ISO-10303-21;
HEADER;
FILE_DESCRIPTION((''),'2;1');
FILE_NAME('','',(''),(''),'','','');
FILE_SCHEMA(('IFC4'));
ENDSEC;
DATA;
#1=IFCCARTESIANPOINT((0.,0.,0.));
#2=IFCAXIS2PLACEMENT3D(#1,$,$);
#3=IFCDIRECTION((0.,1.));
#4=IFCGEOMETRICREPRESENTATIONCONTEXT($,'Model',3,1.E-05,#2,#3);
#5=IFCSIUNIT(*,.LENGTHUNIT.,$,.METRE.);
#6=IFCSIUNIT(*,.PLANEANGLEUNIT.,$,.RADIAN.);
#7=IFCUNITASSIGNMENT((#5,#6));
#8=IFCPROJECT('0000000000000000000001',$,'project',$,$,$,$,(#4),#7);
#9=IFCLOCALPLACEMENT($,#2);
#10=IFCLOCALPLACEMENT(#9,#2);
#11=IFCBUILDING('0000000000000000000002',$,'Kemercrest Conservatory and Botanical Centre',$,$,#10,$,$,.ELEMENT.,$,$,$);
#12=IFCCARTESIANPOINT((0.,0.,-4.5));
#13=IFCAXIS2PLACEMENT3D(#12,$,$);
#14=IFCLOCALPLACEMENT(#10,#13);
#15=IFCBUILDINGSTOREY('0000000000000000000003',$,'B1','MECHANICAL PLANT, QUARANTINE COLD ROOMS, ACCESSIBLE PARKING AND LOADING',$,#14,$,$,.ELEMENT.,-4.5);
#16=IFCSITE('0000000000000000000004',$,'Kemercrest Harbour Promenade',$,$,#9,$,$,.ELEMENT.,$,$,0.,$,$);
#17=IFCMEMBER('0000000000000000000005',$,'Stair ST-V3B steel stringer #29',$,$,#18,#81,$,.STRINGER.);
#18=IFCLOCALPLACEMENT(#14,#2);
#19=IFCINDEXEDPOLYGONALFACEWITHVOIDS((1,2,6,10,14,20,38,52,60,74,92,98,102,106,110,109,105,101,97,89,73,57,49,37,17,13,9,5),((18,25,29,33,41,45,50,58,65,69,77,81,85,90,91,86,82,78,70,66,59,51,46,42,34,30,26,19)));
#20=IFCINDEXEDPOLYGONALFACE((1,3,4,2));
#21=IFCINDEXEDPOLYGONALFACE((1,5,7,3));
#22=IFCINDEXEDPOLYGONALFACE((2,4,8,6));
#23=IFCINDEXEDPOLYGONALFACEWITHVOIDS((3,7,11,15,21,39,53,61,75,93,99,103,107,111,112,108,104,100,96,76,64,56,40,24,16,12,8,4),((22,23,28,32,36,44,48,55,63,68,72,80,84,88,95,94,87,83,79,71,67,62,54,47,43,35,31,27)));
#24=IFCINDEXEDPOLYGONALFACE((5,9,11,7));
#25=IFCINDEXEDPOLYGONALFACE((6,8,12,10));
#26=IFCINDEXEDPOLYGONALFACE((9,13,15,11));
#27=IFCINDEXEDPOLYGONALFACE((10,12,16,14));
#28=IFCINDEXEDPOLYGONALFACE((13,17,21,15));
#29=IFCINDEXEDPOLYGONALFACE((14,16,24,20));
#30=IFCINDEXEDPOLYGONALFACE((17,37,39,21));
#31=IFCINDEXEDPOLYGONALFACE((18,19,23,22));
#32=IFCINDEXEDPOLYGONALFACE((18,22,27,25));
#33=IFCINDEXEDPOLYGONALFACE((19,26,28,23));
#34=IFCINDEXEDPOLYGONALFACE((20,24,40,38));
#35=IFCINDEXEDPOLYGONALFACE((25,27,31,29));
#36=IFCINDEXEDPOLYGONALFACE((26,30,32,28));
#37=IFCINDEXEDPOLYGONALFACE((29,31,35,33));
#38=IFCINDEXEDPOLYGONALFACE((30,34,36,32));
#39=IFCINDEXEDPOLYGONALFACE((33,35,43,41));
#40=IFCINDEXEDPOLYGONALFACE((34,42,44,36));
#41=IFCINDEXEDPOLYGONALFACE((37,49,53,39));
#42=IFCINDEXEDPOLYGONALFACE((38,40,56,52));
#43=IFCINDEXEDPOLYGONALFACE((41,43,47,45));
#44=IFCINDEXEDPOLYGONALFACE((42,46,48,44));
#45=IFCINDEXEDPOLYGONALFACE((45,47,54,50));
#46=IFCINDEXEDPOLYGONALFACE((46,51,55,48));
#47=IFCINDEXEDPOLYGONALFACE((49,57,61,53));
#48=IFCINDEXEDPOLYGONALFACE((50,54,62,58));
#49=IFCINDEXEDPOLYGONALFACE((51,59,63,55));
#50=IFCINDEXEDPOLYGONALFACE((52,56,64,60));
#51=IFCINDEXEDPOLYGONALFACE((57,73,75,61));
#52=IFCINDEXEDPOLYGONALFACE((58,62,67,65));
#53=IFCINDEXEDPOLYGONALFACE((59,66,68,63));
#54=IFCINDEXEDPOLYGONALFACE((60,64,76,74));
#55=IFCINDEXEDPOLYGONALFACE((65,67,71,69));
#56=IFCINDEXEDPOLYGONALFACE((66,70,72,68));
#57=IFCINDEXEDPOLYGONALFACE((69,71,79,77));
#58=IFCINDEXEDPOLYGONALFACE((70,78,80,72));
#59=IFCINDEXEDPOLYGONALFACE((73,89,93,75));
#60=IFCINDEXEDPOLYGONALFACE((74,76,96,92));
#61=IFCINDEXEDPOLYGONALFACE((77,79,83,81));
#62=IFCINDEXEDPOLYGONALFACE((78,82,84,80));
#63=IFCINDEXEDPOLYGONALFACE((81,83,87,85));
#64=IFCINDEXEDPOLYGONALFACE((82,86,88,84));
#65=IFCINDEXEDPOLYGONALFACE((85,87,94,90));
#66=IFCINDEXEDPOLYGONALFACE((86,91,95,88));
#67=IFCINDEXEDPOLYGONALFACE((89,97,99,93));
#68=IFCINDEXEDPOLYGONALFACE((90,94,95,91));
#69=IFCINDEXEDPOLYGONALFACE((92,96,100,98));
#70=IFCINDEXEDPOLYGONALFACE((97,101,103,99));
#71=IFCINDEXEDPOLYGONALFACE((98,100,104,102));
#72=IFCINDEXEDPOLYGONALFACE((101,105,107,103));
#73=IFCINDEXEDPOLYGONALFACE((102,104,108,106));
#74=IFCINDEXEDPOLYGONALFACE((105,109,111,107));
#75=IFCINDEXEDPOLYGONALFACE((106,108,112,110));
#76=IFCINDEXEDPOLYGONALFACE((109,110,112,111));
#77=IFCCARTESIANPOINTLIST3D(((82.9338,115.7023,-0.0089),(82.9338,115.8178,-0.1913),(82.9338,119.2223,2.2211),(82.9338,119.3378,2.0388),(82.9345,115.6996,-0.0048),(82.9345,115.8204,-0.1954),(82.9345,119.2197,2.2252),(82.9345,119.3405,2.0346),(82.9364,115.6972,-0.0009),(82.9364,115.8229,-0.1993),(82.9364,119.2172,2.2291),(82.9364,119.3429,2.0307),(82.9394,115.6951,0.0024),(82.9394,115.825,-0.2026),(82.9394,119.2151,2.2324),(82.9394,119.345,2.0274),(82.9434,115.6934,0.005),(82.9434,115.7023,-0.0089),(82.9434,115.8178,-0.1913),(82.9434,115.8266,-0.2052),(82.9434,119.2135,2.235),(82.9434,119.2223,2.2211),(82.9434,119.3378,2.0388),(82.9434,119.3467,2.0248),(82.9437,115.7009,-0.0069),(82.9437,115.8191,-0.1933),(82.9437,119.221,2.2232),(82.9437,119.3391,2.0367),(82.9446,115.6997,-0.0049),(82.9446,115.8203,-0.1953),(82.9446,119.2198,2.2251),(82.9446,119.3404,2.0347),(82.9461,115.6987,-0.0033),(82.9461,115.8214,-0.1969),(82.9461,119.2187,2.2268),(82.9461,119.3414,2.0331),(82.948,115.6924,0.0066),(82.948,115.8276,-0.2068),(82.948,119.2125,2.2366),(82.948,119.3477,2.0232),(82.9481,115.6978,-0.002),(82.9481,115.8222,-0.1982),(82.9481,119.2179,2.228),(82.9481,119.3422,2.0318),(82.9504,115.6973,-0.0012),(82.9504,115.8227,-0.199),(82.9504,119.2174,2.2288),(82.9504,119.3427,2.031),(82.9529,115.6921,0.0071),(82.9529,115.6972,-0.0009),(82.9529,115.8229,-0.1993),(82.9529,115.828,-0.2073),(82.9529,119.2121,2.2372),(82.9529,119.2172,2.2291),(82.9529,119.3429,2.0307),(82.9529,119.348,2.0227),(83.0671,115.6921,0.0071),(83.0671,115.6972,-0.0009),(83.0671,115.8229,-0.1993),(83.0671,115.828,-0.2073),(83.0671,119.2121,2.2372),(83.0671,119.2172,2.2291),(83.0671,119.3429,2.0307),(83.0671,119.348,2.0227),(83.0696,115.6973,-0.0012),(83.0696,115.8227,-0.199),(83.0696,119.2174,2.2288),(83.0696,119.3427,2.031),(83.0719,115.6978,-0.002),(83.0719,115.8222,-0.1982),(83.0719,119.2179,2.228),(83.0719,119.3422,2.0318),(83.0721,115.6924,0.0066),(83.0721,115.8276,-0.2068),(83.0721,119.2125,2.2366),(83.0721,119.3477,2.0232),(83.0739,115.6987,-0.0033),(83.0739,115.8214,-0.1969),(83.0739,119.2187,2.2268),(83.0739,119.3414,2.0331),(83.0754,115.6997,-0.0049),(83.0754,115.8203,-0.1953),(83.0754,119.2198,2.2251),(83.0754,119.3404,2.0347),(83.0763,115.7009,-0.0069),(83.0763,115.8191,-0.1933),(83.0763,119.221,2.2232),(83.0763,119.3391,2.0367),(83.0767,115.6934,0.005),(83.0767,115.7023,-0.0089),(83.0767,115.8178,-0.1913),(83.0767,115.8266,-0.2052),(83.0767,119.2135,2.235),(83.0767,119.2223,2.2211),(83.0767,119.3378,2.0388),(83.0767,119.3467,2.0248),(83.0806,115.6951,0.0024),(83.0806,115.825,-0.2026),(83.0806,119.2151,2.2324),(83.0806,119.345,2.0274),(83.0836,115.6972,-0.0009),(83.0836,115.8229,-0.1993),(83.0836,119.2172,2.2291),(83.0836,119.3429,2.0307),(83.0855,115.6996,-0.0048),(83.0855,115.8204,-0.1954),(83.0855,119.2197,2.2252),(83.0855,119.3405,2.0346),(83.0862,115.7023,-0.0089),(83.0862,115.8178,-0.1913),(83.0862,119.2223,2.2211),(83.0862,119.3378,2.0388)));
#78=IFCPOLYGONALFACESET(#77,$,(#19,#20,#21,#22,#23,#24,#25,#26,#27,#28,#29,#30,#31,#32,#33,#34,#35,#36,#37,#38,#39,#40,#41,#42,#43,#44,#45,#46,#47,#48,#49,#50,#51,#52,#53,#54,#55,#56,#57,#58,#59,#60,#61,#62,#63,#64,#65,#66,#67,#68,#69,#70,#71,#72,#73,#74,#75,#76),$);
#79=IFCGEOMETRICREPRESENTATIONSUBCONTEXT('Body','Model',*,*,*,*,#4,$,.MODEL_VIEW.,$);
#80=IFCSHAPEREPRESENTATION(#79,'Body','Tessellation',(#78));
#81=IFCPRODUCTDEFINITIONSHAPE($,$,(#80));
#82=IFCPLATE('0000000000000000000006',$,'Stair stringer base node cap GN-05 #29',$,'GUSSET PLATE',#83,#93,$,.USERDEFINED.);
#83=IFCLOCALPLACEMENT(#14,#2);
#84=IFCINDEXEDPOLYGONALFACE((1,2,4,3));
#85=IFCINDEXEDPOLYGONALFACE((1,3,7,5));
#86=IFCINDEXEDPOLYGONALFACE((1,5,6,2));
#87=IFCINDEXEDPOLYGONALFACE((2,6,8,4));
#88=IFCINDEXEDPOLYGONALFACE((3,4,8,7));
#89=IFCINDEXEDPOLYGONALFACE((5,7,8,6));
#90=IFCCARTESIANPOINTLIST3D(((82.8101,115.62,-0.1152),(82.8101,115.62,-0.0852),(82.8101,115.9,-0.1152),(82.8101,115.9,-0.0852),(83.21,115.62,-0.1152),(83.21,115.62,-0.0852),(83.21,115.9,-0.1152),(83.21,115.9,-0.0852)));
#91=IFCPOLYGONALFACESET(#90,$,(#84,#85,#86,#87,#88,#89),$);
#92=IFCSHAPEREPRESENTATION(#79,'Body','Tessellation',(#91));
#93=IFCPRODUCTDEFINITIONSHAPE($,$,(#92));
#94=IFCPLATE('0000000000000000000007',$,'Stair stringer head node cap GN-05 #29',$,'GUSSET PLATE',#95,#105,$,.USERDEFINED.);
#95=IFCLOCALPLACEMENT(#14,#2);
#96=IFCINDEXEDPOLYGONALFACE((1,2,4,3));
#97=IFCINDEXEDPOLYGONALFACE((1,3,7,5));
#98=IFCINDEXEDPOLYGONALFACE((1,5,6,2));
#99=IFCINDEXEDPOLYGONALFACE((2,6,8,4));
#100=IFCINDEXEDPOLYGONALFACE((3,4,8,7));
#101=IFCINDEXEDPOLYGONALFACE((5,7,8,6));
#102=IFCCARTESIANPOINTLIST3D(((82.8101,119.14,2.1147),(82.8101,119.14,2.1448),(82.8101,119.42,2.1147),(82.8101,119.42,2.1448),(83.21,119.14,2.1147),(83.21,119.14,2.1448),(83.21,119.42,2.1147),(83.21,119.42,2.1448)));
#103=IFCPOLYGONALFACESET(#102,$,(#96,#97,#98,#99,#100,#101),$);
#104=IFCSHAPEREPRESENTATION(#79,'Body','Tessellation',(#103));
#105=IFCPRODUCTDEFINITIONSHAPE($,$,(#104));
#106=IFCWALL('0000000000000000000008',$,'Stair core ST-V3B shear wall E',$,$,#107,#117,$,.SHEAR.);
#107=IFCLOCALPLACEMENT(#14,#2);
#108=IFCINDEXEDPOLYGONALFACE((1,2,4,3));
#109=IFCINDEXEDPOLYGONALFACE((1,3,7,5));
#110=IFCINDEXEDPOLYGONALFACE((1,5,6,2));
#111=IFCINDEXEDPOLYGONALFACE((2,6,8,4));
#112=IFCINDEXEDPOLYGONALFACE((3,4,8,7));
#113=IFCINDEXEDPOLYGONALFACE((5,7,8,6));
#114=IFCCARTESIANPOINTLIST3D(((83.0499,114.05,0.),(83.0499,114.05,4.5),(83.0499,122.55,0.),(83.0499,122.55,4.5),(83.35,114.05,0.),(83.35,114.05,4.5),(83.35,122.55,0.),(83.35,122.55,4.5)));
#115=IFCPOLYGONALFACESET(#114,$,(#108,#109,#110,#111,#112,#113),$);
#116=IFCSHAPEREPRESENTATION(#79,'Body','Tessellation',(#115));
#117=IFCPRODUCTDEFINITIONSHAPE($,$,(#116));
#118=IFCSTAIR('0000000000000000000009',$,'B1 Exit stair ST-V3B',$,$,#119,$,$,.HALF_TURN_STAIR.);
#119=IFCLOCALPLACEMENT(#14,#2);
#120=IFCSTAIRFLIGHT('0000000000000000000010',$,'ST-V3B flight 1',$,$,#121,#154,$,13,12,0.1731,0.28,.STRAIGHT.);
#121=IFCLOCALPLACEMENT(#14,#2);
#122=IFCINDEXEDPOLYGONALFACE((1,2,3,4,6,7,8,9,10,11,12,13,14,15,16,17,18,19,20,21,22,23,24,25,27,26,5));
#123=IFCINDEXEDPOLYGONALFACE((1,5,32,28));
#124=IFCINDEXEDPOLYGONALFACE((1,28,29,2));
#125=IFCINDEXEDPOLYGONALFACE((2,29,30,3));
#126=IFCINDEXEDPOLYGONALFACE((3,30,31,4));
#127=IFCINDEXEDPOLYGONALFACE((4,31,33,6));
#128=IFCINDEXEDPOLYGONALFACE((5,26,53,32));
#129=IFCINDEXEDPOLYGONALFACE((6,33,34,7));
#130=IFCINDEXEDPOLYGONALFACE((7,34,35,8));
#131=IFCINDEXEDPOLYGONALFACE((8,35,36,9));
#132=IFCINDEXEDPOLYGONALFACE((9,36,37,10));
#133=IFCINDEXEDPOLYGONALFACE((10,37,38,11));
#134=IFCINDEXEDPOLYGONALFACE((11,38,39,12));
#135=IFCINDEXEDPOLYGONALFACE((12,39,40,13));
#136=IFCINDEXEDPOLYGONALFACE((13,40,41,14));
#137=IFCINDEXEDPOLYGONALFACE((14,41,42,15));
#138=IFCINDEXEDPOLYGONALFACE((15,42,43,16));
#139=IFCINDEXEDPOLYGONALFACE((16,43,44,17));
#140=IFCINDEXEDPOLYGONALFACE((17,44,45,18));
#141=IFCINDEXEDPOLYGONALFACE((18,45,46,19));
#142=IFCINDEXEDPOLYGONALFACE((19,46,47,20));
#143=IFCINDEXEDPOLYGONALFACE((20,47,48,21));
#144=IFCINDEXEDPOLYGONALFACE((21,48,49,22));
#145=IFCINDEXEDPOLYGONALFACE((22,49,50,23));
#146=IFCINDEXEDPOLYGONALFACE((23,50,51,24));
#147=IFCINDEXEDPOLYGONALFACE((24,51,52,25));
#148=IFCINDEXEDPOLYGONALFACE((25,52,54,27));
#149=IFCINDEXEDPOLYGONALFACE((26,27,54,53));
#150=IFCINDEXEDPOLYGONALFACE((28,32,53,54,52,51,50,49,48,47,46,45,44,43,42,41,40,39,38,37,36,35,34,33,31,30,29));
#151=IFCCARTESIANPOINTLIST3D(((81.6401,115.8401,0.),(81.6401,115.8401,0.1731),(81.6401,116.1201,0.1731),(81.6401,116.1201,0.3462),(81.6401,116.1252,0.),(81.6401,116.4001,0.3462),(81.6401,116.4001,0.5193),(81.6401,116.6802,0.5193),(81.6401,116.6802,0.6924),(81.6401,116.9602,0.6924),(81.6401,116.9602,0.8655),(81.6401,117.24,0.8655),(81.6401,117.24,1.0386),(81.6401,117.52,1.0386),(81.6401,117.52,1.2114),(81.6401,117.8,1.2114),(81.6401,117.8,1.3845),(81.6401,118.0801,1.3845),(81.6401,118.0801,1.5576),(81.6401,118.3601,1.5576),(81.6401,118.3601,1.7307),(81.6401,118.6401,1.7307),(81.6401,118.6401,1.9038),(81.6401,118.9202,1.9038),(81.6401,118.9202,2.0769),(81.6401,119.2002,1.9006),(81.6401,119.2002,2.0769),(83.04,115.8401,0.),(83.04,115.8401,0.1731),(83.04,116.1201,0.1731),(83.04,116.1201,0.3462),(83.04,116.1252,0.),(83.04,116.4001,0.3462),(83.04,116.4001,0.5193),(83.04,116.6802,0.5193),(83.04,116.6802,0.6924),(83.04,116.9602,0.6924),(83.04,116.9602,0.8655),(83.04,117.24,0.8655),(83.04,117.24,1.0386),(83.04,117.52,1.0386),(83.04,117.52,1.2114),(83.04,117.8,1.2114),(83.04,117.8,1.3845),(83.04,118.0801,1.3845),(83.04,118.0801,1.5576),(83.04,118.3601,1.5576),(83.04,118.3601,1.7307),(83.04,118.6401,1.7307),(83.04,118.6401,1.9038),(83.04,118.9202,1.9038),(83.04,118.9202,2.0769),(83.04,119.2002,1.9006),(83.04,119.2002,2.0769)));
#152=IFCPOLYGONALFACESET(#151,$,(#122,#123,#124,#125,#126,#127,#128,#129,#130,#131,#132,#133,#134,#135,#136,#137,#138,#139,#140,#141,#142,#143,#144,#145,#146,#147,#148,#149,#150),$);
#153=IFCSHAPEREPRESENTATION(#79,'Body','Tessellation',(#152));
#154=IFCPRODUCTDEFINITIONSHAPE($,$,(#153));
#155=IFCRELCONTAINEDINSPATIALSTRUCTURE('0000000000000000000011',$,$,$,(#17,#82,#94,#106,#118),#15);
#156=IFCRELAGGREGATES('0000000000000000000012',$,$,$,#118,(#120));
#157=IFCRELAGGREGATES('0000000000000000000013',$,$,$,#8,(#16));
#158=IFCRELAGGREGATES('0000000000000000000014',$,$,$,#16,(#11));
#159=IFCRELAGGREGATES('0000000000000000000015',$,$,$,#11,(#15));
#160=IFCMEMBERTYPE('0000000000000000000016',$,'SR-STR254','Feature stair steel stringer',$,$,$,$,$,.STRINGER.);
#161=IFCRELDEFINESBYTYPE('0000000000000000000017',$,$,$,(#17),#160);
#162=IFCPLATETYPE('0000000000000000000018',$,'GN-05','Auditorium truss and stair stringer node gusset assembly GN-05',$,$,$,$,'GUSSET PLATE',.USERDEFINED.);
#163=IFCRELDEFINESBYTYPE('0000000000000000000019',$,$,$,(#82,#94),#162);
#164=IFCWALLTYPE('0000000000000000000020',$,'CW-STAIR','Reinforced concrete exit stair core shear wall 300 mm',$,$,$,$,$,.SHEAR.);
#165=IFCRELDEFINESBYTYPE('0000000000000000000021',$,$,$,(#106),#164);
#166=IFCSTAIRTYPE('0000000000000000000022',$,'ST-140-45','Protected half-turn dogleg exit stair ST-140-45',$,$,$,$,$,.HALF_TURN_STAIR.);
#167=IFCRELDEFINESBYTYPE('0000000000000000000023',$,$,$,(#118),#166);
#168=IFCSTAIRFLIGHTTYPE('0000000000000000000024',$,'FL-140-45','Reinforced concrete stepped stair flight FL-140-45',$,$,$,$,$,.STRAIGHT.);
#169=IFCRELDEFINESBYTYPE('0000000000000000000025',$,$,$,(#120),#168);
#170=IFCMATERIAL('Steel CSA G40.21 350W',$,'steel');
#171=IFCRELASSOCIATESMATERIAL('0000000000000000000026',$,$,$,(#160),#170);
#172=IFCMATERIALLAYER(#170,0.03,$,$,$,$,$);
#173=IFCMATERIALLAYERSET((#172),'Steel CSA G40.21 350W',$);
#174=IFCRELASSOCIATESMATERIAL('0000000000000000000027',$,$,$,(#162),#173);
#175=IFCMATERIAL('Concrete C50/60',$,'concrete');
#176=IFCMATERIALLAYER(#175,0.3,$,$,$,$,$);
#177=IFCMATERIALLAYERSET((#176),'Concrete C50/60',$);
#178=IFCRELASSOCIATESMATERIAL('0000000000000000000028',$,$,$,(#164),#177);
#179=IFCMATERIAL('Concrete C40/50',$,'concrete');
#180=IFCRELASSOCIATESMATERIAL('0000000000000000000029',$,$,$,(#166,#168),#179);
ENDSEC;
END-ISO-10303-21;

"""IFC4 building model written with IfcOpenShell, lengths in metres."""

from ifc_helpers import new_model, si_unit, direction, frame, frame_2d, origin, origin_2d, place, context, subcontext, project, spatial, polyline, rectangle, hollow_rectangle, outline, extrude, material, layer, layer_set, material_profile, profile_set, type_object, element, aggregate, save


model = new_model("IFC4")

# Units and contexts
model_context = context("Model", 3, precision=1e-05, world=origin(), true_north=direction((0.0, 1.0)))
body_context = subcontext(model_context, "Body", "Model", "MODEL_VIEW")
ifc_project = project(units=[si_unit("LENGTHUNIT", "METRE"), si_unit("PLANEANGLEUNIT", "RADIAN")], contexts=[model_context])

# Site, building, storey
site_placement = place(None, origin())
site = spatial("IfcSite", under=ifc_project, at=site_placement, Name="Kemercrest Harbour Promenade", CompositionType="ELEMENT", RefElevation=0.0)
building_placement = place(site_placement, origin())
building = spatial("IfcBuilding", under=site, at=building_placement, Name="Kemercrest Conservatory and Botanical Centre", CompositionType="ELEMENT")
storey_placement = place(building_placement, frame((0.0, 0.0, -4.5)))
storey = spatial("IfcBuildingStorey", under=building, at=storey_placement, Name="B1", Description="MECHANICAL PLANT, QUARANTINE COLD ROOMS, ACCESSIBLE PARKING AND LOADING", CompositionType="ELEMENT", Elevation=-4.5)

# Shared definitions
ifc_material_1 = material(Name="Concrete C40/50", Category="concrete")

# Shared definitions
ifc_material_2 = material(Name="Concrete C50/60", Category="concrete")

# Member
ifc_material_3 = material(Name="Steel CSA G40.21 350W", Category="steel")
ifc_material_profile_1 = material_profile(ifc_material_3, hollow_rectangle(XDim=0.1523, YDim=0.2539, WallThickness=0.0095, InnerFilletRadius=0.0095, OuterFilletRadius=0.019, at=origin_2d()), Name="HSS 254x152x9.5")
ifc_profile_set_1 = profile_set([ifc_material_profile_1], Name="Steel CSA G40.21 350W")
member_type = type_object("IfcMemberType", Name="SR-STR254", Description="Feature stair steel stringer", PredefinedType="STRINGER", material=ifc_profile_set_1)
member_placement = place(storey_placement, frame((83.01, 115.76, -0.1001), z_axis=(0.0, 0.84475, 0.535161), x_axis=(-1.0, 0.0, 0.0)))
element("IfcMember", 1, at=member_placement, inside=storey, type_object=member_type, Name="Stair ST-V3B steel stringer #29", PredefinedType="STRINGER", context=body_context, shape_type="SweptSolid", body=[
    extrude(hollow_rectangle(XDim=0.1523, YDim=0.2539, WallThickness=0.0095, InnerFilletRadius=0.0095, OuterFilletRadius=0.019, at=origin_2d()), origin(), (0.0, 0.0, 1.0), 4.167),
])

# Plates
ifc_layer_1 = layer(ifc_material_3, 0.03)
ifc_layer_set_1 = layer_set([ifc_layer_1], Name="Steel CSA G40.21 350W")
plate_type = type_object("IfcPlateType", Name="GN-05", Description="Auditorium truss and stair stringer node gusset assembly GN-05", ElementType="GUSSET PLATE", PredefinedType="USERDEFINED", material=ifc_layer_set_1)
for number, where, z_axis, x_axis, name in (
    (2, (83.01, 115.76, -0.1152), (0.0, 0.0, 1.0), (1.0, 0.0, 0.0), "Stair stringer base node cap GN-05 #29"),
    (3, (83.01, 119.28, 2.1147), (0.0, 0.0, 1.0), (1.0, 0.0, 0.0), "Stair stringer head node cap GN-05 #29"),
):
    element("IfcPlate", number, at=place(storey_placement, frame(where, z_axis=z_axis, x_axis=x_axis)), inside=storey, type_object=plate_type, Name=name, ObjectType="GUSSET PLATE", PredefinedType="USERDEFINED", context=body_context, shape_type="SweptSolid", body=[
        extrude(rectangle(XDim=0.3999, YDim=0.28, at=origin_2d()), origin(), (0.0, 0.0, 1.0), 0.03),
    ])

# Wall
ifc_layer_2 = layer(ifc_material_2, 0.3)
ifc_layer_set_2 = layer_set([ifc_layer_2], Name="Concrete C50/60")
wall_type = type_object("IfcWallType", Name="CW-STAIR", Description="Reinforced concrete exit stair core shear wall 300 mm", PredefinedType="SHEAR", material=ifc_layer_set_2)
wall_placement = place(storey_placement, frame((83.2, 114.05, 0.0), z_axis=(0.0, 0.0, 1.0), x_axis=(0.0, 1.0, 0.0)))
element("IfcWall", 4, at=wall_placement, inside=storey, type_object=wall_type, Name="Stair core ST-V3B shear wall E", PredefinedType="SHEAR", context=body_context, shape_type="SweptSolid", body=[
    extrude(rectangle(XDim=8.5, YDim=0.3, at=frame_2d((4.25, 0.0))), origin(), (0.0, 0.0, 1.0), 4.5),
])

# Stair, stair flight
stair_type = type_object("IfcStairType", Name="ST-140-45", Description="Protected half-turn dogleg exit stair ST-140-45", PredefinedType="HALF_TURN_STAIR", material=ifc_material_1)
stair_placement = place(storey_placement, origin())
stair = element("IfcStair", 5, at=stair_placement, inside=storey, type_object=stair_type, Name="B1 Exit stair ST-V3B", PredefinedType="HALF_TURN_STAIR")
stair_flight_type = type_object("IfcStairFlightType", Name="FL-140-45", Description="Reinforced concrete stepped stair flight FL-140-45", PredefinedType="STRAIGHT", material=ifc_material_1)
stair_flight_placement = place(storey_placement, frame((82.3401, 115.8401, 0.0), z_axis=(0.0, 0.0, 1.0), x_axis=(0.0, 1.0, 0.0)))
stair_flight = element("IfcStairFlight", 6, at=stair_flight_placement, type_object=stair_flight_type, Name="ST-V3B flight 1", NumberOfRisers=13, NumberOfTreads=12, PredefinedType="STRAIGHT", RiserHeight=0.1731, TreadLength=0.28, context=body_context, shape_type="SweptSolid", body=[
    extrude(outline(polyline([(0.0, 0.0), (0.0, 0.1731), (0.28, 0.1731), (0.28, 0.3462), (0.5601, 0.3462), (0.5601, 0.5193), (0.8401, 0.5193), (0.8401, 0.6924), (1.1201, 0.6924), (1.1201, 0.8655), (1.3999, 0.8655), (1.3999, 1.0386), (1.6799, 1.0386), (1.6799, 1.2114), (1.96, 1.2114), (1.96, 1.3845), (2.24, 1.3845), (2.24, 1.5576), (2.52, 1.5576), (2.52, 1.7307), (2.8, 1.7307), (2.8, 1.9038), (3.0801, 1.9038), (3.0801, 2.0769), (3.3601, 2.0769), (3.3601, 2.25), (3.3601, 1.9006), (0.2852, 0.0), (0.0, 0.0)])), frame((0.0, 0.7, 0.0), z_axis=(0.0, -1.0, 0.0), x_axis=(1.0, 0.0, 0.0)), (0.0, 0.0, 1.0), 1.3999),
])
aggregate(stair, [stair_flight])

save(model, "model.ifc")
